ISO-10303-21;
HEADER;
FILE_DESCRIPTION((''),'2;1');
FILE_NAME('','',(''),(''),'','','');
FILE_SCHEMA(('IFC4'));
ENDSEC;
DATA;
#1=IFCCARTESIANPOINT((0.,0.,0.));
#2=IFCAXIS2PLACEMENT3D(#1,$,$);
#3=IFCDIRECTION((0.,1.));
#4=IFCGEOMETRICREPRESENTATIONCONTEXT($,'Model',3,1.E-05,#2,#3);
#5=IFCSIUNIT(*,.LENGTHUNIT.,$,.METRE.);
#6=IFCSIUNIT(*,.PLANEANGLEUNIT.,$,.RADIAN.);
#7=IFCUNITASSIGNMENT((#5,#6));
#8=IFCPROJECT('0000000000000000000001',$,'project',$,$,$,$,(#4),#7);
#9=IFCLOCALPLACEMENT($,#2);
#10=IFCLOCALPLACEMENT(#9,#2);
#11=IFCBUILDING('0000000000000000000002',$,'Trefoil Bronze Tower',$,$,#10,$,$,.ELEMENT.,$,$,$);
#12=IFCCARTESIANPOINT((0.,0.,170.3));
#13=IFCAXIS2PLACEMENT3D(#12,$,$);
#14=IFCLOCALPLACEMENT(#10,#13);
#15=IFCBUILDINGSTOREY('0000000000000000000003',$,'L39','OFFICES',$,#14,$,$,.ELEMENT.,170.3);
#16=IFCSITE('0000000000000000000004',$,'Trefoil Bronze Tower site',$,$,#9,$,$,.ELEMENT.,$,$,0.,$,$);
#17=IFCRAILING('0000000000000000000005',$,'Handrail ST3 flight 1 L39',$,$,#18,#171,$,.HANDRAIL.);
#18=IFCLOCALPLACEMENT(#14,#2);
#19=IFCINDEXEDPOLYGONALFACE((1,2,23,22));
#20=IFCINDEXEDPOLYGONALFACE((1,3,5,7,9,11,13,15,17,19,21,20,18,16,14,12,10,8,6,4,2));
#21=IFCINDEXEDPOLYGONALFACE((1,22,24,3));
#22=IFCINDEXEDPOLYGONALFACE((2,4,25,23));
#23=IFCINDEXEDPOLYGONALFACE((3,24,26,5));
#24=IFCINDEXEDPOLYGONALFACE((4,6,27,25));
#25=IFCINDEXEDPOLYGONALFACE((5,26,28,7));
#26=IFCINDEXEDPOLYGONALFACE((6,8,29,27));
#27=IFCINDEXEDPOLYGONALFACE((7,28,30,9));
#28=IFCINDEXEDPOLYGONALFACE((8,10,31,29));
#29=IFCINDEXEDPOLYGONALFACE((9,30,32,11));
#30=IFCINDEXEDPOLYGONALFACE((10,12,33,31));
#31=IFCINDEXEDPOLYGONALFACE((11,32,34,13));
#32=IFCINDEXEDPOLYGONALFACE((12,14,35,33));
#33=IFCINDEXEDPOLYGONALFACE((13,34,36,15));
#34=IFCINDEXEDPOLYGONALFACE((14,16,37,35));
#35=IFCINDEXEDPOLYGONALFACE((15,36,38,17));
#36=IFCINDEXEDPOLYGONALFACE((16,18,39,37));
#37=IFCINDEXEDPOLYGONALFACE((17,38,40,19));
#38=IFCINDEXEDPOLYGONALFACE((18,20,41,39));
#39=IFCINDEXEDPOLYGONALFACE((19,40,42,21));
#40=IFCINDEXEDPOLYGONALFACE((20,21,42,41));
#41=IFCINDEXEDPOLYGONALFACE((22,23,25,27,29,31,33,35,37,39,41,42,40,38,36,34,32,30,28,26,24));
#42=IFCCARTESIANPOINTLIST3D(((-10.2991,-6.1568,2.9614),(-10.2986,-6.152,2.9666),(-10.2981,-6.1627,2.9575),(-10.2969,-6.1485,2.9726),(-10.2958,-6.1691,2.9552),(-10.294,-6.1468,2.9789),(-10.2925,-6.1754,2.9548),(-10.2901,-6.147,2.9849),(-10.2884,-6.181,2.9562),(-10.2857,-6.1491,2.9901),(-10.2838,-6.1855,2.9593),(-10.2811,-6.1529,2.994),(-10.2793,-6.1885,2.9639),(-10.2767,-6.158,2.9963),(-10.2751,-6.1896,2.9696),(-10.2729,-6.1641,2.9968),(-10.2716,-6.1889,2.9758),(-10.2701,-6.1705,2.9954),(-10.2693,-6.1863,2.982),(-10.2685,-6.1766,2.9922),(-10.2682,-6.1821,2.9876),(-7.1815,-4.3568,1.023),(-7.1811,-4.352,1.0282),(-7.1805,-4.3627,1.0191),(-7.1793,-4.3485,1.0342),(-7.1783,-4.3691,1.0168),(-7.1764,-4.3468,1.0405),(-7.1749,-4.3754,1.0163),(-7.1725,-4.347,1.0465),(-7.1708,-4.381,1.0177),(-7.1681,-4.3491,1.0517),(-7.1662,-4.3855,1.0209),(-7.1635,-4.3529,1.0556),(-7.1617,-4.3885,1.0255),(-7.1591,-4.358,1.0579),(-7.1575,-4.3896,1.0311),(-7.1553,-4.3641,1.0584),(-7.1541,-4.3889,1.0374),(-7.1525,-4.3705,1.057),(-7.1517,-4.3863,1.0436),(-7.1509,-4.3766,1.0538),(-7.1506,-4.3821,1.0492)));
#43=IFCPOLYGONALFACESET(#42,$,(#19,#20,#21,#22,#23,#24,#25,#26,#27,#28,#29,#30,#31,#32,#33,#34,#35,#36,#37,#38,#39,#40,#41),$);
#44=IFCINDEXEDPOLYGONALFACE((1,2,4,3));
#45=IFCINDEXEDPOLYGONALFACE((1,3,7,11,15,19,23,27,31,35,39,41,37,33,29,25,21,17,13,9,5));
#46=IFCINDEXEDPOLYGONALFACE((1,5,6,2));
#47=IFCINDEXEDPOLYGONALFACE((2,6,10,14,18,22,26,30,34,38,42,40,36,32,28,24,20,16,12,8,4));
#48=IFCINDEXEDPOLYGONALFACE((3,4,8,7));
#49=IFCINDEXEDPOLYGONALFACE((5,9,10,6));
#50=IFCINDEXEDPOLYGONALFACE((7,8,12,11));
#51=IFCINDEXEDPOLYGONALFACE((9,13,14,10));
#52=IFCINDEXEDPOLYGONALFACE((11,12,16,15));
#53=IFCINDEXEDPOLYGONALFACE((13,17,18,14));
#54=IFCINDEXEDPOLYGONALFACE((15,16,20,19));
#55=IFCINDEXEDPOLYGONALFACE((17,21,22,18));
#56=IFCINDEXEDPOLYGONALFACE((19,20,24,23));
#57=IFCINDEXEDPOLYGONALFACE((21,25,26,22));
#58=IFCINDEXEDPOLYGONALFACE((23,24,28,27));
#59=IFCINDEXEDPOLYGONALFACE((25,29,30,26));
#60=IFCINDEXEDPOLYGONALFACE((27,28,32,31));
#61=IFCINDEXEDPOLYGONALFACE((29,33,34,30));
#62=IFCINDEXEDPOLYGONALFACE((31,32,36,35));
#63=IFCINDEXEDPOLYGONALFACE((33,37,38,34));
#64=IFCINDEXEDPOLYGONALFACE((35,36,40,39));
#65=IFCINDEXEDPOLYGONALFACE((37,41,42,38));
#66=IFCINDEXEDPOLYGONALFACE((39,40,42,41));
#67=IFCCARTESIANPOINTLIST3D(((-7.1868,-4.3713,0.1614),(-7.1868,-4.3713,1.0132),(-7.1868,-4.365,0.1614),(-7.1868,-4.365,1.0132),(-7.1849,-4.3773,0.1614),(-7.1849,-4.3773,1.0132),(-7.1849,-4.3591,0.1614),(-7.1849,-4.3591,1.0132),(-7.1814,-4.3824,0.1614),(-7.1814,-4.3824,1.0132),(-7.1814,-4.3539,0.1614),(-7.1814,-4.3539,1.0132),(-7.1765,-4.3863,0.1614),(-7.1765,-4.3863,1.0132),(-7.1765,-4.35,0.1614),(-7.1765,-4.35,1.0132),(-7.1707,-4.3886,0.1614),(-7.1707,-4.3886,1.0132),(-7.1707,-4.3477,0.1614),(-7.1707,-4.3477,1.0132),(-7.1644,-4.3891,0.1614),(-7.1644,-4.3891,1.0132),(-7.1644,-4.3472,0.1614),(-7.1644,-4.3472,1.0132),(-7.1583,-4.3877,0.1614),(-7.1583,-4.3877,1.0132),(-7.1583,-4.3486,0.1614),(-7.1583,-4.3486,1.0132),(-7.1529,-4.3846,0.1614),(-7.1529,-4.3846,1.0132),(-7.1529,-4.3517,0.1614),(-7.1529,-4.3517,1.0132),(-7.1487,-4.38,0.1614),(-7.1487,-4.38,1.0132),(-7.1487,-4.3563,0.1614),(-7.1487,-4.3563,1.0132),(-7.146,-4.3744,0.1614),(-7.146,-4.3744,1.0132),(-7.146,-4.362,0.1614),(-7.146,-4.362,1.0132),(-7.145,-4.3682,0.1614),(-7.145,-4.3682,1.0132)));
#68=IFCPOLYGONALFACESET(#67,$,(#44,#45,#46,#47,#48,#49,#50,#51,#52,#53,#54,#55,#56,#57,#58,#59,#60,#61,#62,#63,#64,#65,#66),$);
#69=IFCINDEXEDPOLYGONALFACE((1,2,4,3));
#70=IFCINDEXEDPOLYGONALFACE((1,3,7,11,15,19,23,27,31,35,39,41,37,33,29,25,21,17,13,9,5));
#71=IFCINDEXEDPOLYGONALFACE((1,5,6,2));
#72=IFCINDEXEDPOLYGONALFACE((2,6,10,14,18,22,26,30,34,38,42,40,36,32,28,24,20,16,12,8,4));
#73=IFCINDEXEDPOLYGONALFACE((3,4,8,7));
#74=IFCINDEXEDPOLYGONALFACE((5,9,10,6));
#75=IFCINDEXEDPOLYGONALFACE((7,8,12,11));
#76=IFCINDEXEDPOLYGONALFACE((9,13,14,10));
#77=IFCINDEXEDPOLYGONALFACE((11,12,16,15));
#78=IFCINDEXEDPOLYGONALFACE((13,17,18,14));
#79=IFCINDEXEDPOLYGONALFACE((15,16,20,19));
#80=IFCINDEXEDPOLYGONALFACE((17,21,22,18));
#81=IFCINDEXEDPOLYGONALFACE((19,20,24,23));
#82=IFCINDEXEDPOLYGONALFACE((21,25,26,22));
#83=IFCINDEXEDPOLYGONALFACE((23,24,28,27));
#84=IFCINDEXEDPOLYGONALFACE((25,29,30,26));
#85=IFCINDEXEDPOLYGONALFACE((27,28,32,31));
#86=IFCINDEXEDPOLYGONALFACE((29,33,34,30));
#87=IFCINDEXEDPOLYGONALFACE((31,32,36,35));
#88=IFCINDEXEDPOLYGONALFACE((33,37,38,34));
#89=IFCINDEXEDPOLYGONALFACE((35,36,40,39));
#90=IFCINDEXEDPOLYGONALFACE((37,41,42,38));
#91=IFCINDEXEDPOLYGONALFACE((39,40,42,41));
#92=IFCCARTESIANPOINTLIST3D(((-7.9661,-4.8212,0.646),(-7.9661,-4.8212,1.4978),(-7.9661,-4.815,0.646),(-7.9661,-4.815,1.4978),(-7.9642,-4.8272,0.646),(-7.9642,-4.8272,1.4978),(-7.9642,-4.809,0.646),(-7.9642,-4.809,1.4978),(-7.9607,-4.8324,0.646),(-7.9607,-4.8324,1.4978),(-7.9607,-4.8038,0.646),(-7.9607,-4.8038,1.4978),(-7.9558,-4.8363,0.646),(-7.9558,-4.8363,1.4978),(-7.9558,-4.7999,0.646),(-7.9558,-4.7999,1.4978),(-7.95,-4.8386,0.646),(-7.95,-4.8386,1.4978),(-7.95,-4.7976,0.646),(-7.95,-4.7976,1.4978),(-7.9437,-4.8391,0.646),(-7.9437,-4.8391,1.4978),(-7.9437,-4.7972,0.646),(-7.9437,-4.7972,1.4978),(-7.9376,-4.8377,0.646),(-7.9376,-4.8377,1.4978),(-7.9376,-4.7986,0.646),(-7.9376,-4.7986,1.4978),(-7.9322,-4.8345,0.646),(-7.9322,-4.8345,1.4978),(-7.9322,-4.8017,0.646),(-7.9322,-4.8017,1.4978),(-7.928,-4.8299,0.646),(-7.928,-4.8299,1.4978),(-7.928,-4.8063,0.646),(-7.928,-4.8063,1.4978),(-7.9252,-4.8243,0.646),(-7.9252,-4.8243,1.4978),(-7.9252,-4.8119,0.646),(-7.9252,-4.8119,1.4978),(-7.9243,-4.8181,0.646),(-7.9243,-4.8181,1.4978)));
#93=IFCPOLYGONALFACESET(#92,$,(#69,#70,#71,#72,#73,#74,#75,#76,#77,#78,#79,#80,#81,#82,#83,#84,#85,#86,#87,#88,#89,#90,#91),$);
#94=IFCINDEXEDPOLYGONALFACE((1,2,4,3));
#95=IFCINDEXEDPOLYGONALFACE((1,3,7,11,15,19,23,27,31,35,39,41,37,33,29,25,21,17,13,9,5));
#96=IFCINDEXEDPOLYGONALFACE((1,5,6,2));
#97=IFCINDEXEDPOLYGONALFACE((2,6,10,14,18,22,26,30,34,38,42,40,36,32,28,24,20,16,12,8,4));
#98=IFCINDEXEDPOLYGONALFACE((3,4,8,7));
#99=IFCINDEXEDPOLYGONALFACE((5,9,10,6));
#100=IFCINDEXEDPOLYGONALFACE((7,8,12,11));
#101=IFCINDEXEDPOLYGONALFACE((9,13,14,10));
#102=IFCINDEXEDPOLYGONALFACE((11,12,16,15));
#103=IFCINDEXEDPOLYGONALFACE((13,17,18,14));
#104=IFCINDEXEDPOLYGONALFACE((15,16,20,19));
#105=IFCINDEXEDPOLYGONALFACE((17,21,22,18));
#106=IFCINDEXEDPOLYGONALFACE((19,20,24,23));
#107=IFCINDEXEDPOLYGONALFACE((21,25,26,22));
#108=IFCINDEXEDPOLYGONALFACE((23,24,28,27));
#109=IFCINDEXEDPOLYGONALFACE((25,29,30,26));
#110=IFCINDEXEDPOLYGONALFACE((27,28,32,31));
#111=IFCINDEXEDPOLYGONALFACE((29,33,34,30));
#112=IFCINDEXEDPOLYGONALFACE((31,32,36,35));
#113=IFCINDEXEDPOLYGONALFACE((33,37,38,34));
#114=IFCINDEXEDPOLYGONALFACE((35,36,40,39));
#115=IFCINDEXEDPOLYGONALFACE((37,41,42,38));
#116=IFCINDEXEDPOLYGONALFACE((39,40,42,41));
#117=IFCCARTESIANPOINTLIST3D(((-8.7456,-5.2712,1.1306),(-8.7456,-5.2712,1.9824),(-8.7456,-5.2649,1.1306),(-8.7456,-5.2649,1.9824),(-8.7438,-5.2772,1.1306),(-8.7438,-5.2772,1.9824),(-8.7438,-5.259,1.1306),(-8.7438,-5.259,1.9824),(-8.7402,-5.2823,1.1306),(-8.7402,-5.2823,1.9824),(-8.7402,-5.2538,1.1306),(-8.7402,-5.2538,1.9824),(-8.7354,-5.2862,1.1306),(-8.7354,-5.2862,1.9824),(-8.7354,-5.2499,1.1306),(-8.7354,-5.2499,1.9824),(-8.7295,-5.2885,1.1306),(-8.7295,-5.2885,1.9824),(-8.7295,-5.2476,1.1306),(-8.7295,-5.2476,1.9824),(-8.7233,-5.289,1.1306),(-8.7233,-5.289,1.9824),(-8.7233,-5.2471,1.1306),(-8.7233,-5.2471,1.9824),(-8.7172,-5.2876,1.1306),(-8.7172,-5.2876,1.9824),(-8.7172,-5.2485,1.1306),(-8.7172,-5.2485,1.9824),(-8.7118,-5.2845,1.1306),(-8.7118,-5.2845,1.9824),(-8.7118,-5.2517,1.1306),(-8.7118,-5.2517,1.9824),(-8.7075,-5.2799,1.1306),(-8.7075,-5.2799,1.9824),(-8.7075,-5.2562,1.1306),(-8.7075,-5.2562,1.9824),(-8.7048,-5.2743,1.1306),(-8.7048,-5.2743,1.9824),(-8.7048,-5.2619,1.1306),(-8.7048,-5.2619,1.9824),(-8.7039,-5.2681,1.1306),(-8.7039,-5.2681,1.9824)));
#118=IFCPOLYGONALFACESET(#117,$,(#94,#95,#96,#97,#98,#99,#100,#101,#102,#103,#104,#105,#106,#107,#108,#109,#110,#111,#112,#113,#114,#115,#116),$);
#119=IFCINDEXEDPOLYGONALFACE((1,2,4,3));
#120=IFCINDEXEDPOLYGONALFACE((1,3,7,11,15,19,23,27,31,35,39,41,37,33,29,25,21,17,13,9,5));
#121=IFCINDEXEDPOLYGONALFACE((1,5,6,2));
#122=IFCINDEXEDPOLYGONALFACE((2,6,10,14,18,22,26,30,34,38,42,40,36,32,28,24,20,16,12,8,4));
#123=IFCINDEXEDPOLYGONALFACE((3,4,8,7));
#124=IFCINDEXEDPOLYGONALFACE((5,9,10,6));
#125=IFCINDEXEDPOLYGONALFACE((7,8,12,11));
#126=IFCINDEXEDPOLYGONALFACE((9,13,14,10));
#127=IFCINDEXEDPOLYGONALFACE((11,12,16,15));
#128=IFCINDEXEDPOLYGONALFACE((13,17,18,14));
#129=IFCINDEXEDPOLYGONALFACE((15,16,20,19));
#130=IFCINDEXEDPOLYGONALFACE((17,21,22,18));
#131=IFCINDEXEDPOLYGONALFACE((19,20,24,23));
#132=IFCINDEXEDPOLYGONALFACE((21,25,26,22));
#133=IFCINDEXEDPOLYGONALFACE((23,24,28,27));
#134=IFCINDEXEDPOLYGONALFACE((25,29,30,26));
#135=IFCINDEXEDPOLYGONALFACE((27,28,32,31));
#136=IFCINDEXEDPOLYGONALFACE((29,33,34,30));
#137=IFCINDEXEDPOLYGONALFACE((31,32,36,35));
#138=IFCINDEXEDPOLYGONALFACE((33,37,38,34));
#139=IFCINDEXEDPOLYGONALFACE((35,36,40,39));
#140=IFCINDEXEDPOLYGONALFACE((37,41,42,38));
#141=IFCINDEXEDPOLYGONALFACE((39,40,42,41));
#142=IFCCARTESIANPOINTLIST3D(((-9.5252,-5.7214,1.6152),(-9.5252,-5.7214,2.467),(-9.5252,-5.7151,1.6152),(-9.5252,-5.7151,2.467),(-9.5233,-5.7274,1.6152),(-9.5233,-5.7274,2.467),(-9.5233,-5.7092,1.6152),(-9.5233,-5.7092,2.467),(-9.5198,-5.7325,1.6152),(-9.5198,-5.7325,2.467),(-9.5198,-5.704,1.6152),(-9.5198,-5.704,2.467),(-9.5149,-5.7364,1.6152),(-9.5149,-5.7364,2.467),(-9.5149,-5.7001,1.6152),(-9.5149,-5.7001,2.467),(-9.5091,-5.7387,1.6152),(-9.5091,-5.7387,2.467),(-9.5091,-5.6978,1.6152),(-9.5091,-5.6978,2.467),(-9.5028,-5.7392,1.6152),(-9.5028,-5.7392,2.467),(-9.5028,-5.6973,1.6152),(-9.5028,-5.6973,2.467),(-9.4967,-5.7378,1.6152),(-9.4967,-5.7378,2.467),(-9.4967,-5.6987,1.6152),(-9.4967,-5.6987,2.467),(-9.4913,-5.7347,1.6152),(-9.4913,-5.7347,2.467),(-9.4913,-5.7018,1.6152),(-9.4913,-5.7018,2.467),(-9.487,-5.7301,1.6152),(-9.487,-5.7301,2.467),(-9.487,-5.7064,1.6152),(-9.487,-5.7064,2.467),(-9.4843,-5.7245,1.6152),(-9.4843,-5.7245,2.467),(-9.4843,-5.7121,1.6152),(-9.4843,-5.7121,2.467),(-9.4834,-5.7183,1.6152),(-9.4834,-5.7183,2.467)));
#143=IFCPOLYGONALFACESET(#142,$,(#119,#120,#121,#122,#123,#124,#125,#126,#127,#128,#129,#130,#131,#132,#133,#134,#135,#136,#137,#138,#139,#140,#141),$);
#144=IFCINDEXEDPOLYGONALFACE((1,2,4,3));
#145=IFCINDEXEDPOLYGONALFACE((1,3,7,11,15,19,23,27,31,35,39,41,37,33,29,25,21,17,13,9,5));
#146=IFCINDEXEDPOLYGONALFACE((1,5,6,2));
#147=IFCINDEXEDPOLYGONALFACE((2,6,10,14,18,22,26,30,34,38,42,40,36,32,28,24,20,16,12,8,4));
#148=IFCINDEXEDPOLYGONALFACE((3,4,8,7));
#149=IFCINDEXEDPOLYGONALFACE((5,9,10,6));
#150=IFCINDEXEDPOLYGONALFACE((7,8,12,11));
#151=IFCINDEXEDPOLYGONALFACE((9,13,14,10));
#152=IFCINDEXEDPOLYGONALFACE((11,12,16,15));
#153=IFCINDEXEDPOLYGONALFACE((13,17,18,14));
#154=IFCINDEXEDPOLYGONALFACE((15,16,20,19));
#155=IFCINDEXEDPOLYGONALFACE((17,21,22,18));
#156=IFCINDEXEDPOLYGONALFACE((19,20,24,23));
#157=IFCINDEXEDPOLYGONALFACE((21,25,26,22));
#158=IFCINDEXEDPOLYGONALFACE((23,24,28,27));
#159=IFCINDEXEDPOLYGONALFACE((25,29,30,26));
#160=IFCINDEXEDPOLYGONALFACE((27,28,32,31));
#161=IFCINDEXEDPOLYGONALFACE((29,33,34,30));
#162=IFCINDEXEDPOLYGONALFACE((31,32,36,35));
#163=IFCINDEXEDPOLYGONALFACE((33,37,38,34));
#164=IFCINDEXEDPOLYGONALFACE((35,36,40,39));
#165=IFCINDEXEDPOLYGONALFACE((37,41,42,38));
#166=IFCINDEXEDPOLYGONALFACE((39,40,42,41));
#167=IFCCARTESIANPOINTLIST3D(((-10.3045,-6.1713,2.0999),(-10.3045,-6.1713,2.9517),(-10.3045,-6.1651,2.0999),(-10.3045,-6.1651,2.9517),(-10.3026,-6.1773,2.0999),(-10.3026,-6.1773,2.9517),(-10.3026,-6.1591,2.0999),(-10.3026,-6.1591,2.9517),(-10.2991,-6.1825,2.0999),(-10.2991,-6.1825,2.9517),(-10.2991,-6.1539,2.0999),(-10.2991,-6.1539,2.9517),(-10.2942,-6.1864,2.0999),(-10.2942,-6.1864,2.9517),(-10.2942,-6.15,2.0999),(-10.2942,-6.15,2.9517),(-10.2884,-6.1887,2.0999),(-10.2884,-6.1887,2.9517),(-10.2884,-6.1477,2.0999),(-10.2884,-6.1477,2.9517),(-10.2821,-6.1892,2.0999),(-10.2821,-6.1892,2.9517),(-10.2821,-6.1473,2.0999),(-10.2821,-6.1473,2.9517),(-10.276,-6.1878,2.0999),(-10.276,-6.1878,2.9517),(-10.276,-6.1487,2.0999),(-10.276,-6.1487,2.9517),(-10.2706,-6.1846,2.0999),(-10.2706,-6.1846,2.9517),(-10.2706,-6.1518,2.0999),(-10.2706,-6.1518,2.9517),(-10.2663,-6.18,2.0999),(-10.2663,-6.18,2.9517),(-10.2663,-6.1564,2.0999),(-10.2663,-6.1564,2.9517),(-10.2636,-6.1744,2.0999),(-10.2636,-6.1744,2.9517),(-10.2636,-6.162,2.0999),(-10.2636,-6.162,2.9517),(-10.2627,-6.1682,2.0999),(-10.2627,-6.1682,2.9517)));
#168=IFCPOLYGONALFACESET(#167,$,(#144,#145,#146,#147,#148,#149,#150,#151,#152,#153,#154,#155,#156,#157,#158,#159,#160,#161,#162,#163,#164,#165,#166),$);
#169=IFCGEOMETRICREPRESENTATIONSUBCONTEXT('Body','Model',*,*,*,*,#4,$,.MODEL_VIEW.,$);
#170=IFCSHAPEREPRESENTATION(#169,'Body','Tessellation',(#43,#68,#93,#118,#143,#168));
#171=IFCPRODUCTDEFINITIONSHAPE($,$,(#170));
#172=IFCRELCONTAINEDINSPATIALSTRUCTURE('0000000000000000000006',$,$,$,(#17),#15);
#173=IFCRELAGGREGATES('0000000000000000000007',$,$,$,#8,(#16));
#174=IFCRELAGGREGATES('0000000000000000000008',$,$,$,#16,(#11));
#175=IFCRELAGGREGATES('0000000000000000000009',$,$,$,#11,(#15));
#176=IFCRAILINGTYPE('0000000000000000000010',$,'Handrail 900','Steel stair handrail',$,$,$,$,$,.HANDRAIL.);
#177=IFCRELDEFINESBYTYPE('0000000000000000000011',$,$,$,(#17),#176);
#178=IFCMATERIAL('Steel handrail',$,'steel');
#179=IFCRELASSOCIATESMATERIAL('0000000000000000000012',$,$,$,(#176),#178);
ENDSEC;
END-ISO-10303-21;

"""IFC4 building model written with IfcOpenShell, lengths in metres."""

from ifc_helpers import new_model, si_unit, direction, frame, origin, origin_2d, place, context, subcontext, project, spatial, circle, extrude, material, type_object, element, save


model = new_model("IFC4")

# Units and contexts
model_context = context("Model", 3, precision=1e-05, world=origin(), true_north=direction((0.0, 1.0)))
body_context = subcontext(model_context, "Body", "Model", "MODEL_VIEW")
ifc_project = project(units=[si_unit("LENGTHUNIT", "METRE"), si_unit("PLANEANGLEUNIT", "RADIAN")], contexts=[model_context])

# Site, building, storey
site_placement = place(None, origin())
site = spatial("IfcSite", under=ifc_project, at=site_placement, Name="Trefoil Bronze Tower site", CompositionType="ELEMENT", RefElevation=0.0)
building_placement = place(site_placement, origin())
building = spatial("IfcBuilding", under=site, at=building_placement, Name="Trefoil Bronze Tower", CompositionType="ELEMENT")
storey_placement = place(building_placement, frame((0.0, 0.0, 170.3)))
storey = spatial("IfcBuildingStorey", under=building, at=storey_placement, Name="L39", Description="OFFICES", CompositionType="ELEMENT", Elevation=170.3)

# Railing
ifc_material_1 = material(Name="Steel handrail", Category="steel")
railing_type = type_object("IfcRailingType", Name="Handrail 900", Description="Steel stair handrail", PredefinedType="HANDRAIL", material=ifc_material_1)
railing_1_placement = place(storey_placement, frame((-7.166, -4.3682, 0.1614)))
element("IfcRailing", 1, at=railing_1_placement, inside=storey, type_object=railing_type, Name="Handrail ST3 flight 1 L39", PredefinedType="HANDRAIL", context=body_context, shape_type="SweptSolid", body=[
    extrude(circle(Radius=0.0239, at=origin_2d()), frame((0.0, 0.0, 0.876), z_axis=(-0.762503, -0.440246, 0.474102), x_axis=(0.500012, -0.866018, 0.0)), (0.0, 0.0, 1.0), 4.0886),
    extrude(circle(Radius=0.021, at=origin_2d()), origin(), (0.0, 0.0, 1.0), 0.8518),
    extrude(circle(Radius=0.021, at=origin_2d()), frame((-0.7793, -0.45, 0.4846)), (0.0, 0.0, 1.0), 0.8518),
    extrude(circle(Radius=0.021, at=origin_2d()), frame((-1.5588, -0.8999, 0.9692)), (0.0, 0.0, 1.0), 0.8518),
    extrude(circle(Radius=0.021, at=origin_2d()), frame((-2.3384, -1.3501, 1.4539)), (0.0, 0.0, 1.0), 0.8518),
    extrude(circle(Radius=0.021, at=origin_2d()), frame((-3.1177, -1.8, 1.9385)), (0.0, 0.0, 1.0), 0.8518),
])

save(model, "model.ifc")
